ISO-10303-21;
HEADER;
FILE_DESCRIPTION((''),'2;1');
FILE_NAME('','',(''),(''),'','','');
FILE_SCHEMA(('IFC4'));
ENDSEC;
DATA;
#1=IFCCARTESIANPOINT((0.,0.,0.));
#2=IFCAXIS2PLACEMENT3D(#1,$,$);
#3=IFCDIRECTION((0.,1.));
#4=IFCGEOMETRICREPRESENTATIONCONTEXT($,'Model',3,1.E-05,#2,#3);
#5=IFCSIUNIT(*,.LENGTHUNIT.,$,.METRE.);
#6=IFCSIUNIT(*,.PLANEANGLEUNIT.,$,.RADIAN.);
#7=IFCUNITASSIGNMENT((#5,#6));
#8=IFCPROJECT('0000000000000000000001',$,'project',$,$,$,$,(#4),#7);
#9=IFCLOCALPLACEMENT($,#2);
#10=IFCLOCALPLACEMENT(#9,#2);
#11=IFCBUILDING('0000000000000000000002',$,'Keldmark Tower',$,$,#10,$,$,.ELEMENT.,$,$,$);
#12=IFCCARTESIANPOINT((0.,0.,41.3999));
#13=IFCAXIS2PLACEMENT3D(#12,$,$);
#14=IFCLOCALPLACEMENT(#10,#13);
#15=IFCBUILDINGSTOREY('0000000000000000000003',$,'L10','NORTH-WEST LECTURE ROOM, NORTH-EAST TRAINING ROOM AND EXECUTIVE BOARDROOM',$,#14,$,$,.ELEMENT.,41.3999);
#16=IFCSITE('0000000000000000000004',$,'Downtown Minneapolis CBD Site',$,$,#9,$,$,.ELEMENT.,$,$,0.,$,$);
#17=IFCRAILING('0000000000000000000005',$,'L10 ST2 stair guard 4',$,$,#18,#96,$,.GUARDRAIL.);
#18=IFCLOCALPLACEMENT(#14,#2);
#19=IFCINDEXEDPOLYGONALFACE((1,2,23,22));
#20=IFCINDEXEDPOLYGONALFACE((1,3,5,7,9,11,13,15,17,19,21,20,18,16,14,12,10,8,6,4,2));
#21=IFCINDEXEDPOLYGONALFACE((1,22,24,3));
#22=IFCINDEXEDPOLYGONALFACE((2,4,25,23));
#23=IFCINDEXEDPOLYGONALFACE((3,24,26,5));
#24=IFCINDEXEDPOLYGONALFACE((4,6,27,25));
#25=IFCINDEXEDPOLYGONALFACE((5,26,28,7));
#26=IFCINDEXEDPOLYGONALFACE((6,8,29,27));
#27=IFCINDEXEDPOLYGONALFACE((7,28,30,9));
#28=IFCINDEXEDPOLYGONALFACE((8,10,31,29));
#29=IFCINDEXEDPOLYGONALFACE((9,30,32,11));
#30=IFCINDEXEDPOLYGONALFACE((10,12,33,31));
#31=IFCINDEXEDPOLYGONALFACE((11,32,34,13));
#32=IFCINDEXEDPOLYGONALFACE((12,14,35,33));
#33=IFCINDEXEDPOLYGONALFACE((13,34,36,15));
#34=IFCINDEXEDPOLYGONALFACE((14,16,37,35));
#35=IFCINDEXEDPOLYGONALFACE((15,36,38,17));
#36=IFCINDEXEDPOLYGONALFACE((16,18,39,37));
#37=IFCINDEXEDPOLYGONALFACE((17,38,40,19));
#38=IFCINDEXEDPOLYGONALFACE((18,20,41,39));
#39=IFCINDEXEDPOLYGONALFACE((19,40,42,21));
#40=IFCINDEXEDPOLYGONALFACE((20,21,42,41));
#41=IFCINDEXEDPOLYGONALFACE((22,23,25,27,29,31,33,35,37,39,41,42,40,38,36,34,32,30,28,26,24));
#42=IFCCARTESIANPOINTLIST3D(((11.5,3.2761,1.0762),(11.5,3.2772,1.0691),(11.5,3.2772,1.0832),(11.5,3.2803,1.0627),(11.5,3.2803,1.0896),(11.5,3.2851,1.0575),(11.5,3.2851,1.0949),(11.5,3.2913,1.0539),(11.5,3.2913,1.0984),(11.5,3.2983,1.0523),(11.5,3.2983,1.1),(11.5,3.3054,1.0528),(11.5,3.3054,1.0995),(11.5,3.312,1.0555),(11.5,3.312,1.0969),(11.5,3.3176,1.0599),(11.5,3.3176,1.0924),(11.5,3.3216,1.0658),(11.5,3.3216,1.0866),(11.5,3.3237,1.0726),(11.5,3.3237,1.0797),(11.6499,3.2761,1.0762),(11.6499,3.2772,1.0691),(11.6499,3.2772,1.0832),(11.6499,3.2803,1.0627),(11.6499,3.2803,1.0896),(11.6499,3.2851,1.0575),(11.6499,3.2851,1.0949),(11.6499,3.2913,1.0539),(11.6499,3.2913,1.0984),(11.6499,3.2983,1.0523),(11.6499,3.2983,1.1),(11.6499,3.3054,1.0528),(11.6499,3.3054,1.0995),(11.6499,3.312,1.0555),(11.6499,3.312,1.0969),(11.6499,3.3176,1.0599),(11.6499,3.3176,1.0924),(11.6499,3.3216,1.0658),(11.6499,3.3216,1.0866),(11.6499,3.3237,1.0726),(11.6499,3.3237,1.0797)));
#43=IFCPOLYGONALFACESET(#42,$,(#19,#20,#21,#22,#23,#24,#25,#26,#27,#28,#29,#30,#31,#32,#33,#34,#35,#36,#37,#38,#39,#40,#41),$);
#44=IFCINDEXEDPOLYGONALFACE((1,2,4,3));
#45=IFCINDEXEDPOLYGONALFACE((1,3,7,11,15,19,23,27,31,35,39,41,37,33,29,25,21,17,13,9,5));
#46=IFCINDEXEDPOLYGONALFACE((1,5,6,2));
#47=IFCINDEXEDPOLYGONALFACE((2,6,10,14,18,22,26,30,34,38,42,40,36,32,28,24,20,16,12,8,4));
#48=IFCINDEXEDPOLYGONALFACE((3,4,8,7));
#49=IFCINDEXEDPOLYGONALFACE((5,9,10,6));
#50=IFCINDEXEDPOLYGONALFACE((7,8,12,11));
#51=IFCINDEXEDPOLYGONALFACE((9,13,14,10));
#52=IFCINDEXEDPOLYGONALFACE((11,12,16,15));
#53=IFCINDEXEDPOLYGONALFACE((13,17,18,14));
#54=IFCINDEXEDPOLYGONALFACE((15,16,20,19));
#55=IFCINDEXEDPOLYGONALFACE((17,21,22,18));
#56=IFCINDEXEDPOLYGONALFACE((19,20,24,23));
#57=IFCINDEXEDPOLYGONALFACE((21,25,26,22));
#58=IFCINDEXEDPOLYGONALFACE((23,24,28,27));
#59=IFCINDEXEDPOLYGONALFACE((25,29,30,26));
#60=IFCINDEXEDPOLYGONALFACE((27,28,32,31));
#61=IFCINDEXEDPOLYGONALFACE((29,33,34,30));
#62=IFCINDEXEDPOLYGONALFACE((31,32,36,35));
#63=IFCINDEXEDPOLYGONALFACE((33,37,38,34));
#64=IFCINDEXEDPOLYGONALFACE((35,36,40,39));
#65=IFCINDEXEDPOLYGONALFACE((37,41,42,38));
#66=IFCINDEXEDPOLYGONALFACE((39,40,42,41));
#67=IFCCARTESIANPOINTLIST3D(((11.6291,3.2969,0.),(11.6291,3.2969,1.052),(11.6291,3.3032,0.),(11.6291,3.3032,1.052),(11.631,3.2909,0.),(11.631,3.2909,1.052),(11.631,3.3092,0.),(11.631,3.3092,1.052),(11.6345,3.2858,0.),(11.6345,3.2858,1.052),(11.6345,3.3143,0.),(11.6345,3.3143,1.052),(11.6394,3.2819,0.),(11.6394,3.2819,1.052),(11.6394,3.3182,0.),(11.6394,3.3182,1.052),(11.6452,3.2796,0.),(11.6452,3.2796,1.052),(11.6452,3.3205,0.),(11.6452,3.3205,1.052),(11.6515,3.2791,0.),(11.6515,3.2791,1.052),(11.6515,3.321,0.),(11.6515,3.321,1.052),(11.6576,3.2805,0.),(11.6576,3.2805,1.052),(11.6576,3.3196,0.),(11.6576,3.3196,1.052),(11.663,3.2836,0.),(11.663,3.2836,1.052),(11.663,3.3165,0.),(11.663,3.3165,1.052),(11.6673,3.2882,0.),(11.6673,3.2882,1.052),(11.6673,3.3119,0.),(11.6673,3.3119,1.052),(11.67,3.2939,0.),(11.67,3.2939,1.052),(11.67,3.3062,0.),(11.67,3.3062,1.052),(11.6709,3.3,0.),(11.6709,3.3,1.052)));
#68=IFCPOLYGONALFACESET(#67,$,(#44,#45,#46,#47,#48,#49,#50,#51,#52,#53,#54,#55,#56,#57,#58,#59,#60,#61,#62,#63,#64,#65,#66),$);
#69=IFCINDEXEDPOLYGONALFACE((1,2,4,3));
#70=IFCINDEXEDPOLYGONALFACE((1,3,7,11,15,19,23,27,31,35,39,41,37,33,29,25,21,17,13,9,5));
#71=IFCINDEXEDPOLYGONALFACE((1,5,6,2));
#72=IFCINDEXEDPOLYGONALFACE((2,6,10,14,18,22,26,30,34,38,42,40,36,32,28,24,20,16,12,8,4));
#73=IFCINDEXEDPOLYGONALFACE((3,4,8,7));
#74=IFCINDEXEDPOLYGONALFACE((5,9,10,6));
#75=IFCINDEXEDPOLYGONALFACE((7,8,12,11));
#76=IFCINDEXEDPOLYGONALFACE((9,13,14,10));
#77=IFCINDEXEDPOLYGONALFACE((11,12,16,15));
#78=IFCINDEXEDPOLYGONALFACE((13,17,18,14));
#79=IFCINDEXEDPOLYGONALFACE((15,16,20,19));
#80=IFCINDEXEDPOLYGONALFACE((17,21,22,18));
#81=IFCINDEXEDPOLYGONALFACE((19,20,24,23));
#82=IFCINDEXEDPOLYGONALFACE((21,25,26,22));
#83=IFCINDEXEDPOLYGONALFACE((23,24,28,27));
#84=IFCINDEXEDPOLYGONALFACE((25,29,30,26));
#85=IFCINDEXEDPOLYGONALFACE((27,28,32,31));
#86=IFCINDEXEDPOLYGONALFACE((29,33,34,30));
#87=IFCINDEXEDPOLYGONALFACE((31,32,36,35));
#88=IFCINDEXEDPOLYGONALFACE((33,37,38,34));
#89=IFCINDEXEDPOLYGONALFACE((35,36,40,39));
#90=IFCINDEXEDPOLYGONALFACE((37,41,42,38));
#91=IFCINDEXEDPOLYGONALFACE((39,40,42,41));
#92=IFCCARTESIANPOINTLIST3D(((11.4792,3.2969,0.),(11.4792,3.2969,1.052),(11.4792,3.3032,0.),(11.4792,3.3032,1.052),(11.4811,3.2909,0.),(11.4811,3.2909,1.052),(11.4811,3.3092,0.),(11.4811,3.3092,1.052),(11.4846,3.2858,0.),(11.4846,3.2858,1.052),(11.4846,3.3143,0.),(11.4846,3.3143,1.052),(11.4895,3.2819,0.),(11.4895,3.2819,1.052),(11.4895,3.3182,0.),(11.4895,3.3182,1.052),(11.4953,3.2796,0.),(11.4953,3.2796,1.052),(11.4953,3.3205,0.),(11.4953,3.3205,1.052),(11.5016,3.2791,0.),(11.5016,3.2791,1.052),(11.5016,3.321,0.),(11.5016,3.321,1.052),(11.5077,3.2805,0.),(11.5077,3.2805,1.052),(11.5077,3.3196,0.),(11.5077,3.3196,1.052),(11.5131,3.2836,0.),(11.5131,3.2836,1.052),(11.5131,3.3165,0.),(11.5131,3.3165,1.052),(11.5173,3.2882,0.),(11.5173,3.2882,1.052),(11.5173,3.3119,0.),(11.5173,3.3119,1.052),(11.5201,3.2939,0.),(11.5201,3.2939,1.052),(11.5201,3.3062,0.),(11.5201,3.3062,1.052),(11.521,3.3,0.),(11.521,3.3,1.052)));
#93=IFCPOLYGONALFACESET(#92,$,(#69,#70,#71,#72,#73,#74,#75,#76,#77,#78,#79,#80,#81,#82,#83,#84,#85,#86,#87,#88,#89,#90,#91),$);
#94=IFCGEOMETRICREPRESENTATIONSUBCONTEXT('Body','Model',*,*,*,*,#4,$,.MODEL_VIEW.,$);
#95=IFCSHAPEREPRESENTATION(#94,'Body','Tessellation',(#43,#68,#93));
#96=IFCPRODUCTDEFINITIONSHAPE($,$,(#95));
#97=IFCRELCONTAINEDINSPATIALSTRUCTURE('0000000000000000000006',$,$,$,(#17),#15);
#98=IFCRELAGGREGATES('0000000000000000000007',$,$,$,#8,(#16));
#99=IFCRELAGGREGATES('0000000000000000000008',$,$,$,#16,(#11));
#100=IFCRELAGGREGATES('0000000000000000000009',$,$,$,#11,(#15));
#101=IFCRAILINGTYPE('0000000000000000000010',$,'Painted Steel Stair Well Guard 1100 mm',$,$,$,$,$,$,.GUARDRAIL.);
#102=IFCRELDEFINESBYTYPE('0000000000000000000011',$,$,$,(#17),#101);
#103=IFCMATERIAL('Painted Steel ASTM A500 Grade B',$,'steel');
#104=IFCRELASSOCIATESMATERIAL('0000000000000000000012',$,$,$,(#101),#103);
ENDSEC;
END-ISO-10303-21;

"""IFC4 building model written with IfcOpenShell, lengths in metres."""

from ifc_helpers import new_model, si_unit, direction, frame, origin, origin_2d, place, context, subcontext, project, spatial, circle, extrude, material, type_object, element, save


model = new_model("IFC4")

# Units and contexts
model_context = context("Model", 3, precision=1e-05, world=origin(), true_north=direction((0.0, 1.0)))
body_context = subcontext(model_context, "Body", "Model", "MODEL_VIEW")
ifc_project = project(units=[si_unit("LENGTHUNIT", "METRE"), si_unit("PLANEANGLEUNIT", "RADIAN")], contexts=[model_context])

# Site, building, storey
site_placement = place(None, origin())
site = spatial("IfcSite", under=ifc_project, at=site_placement, Name="Downtown Minneapolis CBD Site", CompositionType="ELEMENT", RefElevation=0.0)
building_placement = place(site_placement, origin())
building = spatial("IfcBuilding", under=site, at=building_placement, Name="Keldmark Tower", CompositionType="ELEMENT")
storey_placement = place(building_placement, frame((0.0, 0.0, 41.3999)))
storey = spatial("IfcBuildingStorey", under=building, at=storey_placement, Name="L10", Description="NORTH-WEST LECTURE ROOM, NORTH-EAST TRAINING ROOM AND EXECUTIVE BOARDROOM", CompositionType="ELEMENT", Elevation=41.3999)

# Railing
ifc_material_1 = material(Name="Painted Steel ASTM A500 Grade B", Category="steel")
railing_type_1 = type_object("IfcRailingType", Name="Painted Steel Stair Well Guard 1100 mm", PredefinedType="GUARDRAIL", material=ifc_material_1)
railing_1_placement = place(storey_placement, frame((11.6499, 3.3, 0.0)))
element("IfcRailing", 1, at=railing_1_placement, inside=storey, type_object=railing_type_1, Name="L10 ST2 stair guard 4", PredefinedType="GUARDRAIL", context=body_context, shape_type="SweptSolid", body=[
    extrude(circle(Radius=0.0239, at=origin_2d()), frame((0.0, 0.0, 1.0762), z_axis=(-1.0, 0.0, 0.0), x_axis=(0.0, -1.0, 0.0)), (0.0, 0.0, 1.0), 0.1499),
    extrude(circle(Radius=0.021, at=origin_2d()), origin(), (0.0, 0.0, 1.0), 1.052),
    extrude(circle(Radius=0.021, at=origin_2d()), frame((-0.1499, 0.0, 0.0)), (0.0, 0.0, 1.0), 1.052),
])

save(model, "model.ifc")
